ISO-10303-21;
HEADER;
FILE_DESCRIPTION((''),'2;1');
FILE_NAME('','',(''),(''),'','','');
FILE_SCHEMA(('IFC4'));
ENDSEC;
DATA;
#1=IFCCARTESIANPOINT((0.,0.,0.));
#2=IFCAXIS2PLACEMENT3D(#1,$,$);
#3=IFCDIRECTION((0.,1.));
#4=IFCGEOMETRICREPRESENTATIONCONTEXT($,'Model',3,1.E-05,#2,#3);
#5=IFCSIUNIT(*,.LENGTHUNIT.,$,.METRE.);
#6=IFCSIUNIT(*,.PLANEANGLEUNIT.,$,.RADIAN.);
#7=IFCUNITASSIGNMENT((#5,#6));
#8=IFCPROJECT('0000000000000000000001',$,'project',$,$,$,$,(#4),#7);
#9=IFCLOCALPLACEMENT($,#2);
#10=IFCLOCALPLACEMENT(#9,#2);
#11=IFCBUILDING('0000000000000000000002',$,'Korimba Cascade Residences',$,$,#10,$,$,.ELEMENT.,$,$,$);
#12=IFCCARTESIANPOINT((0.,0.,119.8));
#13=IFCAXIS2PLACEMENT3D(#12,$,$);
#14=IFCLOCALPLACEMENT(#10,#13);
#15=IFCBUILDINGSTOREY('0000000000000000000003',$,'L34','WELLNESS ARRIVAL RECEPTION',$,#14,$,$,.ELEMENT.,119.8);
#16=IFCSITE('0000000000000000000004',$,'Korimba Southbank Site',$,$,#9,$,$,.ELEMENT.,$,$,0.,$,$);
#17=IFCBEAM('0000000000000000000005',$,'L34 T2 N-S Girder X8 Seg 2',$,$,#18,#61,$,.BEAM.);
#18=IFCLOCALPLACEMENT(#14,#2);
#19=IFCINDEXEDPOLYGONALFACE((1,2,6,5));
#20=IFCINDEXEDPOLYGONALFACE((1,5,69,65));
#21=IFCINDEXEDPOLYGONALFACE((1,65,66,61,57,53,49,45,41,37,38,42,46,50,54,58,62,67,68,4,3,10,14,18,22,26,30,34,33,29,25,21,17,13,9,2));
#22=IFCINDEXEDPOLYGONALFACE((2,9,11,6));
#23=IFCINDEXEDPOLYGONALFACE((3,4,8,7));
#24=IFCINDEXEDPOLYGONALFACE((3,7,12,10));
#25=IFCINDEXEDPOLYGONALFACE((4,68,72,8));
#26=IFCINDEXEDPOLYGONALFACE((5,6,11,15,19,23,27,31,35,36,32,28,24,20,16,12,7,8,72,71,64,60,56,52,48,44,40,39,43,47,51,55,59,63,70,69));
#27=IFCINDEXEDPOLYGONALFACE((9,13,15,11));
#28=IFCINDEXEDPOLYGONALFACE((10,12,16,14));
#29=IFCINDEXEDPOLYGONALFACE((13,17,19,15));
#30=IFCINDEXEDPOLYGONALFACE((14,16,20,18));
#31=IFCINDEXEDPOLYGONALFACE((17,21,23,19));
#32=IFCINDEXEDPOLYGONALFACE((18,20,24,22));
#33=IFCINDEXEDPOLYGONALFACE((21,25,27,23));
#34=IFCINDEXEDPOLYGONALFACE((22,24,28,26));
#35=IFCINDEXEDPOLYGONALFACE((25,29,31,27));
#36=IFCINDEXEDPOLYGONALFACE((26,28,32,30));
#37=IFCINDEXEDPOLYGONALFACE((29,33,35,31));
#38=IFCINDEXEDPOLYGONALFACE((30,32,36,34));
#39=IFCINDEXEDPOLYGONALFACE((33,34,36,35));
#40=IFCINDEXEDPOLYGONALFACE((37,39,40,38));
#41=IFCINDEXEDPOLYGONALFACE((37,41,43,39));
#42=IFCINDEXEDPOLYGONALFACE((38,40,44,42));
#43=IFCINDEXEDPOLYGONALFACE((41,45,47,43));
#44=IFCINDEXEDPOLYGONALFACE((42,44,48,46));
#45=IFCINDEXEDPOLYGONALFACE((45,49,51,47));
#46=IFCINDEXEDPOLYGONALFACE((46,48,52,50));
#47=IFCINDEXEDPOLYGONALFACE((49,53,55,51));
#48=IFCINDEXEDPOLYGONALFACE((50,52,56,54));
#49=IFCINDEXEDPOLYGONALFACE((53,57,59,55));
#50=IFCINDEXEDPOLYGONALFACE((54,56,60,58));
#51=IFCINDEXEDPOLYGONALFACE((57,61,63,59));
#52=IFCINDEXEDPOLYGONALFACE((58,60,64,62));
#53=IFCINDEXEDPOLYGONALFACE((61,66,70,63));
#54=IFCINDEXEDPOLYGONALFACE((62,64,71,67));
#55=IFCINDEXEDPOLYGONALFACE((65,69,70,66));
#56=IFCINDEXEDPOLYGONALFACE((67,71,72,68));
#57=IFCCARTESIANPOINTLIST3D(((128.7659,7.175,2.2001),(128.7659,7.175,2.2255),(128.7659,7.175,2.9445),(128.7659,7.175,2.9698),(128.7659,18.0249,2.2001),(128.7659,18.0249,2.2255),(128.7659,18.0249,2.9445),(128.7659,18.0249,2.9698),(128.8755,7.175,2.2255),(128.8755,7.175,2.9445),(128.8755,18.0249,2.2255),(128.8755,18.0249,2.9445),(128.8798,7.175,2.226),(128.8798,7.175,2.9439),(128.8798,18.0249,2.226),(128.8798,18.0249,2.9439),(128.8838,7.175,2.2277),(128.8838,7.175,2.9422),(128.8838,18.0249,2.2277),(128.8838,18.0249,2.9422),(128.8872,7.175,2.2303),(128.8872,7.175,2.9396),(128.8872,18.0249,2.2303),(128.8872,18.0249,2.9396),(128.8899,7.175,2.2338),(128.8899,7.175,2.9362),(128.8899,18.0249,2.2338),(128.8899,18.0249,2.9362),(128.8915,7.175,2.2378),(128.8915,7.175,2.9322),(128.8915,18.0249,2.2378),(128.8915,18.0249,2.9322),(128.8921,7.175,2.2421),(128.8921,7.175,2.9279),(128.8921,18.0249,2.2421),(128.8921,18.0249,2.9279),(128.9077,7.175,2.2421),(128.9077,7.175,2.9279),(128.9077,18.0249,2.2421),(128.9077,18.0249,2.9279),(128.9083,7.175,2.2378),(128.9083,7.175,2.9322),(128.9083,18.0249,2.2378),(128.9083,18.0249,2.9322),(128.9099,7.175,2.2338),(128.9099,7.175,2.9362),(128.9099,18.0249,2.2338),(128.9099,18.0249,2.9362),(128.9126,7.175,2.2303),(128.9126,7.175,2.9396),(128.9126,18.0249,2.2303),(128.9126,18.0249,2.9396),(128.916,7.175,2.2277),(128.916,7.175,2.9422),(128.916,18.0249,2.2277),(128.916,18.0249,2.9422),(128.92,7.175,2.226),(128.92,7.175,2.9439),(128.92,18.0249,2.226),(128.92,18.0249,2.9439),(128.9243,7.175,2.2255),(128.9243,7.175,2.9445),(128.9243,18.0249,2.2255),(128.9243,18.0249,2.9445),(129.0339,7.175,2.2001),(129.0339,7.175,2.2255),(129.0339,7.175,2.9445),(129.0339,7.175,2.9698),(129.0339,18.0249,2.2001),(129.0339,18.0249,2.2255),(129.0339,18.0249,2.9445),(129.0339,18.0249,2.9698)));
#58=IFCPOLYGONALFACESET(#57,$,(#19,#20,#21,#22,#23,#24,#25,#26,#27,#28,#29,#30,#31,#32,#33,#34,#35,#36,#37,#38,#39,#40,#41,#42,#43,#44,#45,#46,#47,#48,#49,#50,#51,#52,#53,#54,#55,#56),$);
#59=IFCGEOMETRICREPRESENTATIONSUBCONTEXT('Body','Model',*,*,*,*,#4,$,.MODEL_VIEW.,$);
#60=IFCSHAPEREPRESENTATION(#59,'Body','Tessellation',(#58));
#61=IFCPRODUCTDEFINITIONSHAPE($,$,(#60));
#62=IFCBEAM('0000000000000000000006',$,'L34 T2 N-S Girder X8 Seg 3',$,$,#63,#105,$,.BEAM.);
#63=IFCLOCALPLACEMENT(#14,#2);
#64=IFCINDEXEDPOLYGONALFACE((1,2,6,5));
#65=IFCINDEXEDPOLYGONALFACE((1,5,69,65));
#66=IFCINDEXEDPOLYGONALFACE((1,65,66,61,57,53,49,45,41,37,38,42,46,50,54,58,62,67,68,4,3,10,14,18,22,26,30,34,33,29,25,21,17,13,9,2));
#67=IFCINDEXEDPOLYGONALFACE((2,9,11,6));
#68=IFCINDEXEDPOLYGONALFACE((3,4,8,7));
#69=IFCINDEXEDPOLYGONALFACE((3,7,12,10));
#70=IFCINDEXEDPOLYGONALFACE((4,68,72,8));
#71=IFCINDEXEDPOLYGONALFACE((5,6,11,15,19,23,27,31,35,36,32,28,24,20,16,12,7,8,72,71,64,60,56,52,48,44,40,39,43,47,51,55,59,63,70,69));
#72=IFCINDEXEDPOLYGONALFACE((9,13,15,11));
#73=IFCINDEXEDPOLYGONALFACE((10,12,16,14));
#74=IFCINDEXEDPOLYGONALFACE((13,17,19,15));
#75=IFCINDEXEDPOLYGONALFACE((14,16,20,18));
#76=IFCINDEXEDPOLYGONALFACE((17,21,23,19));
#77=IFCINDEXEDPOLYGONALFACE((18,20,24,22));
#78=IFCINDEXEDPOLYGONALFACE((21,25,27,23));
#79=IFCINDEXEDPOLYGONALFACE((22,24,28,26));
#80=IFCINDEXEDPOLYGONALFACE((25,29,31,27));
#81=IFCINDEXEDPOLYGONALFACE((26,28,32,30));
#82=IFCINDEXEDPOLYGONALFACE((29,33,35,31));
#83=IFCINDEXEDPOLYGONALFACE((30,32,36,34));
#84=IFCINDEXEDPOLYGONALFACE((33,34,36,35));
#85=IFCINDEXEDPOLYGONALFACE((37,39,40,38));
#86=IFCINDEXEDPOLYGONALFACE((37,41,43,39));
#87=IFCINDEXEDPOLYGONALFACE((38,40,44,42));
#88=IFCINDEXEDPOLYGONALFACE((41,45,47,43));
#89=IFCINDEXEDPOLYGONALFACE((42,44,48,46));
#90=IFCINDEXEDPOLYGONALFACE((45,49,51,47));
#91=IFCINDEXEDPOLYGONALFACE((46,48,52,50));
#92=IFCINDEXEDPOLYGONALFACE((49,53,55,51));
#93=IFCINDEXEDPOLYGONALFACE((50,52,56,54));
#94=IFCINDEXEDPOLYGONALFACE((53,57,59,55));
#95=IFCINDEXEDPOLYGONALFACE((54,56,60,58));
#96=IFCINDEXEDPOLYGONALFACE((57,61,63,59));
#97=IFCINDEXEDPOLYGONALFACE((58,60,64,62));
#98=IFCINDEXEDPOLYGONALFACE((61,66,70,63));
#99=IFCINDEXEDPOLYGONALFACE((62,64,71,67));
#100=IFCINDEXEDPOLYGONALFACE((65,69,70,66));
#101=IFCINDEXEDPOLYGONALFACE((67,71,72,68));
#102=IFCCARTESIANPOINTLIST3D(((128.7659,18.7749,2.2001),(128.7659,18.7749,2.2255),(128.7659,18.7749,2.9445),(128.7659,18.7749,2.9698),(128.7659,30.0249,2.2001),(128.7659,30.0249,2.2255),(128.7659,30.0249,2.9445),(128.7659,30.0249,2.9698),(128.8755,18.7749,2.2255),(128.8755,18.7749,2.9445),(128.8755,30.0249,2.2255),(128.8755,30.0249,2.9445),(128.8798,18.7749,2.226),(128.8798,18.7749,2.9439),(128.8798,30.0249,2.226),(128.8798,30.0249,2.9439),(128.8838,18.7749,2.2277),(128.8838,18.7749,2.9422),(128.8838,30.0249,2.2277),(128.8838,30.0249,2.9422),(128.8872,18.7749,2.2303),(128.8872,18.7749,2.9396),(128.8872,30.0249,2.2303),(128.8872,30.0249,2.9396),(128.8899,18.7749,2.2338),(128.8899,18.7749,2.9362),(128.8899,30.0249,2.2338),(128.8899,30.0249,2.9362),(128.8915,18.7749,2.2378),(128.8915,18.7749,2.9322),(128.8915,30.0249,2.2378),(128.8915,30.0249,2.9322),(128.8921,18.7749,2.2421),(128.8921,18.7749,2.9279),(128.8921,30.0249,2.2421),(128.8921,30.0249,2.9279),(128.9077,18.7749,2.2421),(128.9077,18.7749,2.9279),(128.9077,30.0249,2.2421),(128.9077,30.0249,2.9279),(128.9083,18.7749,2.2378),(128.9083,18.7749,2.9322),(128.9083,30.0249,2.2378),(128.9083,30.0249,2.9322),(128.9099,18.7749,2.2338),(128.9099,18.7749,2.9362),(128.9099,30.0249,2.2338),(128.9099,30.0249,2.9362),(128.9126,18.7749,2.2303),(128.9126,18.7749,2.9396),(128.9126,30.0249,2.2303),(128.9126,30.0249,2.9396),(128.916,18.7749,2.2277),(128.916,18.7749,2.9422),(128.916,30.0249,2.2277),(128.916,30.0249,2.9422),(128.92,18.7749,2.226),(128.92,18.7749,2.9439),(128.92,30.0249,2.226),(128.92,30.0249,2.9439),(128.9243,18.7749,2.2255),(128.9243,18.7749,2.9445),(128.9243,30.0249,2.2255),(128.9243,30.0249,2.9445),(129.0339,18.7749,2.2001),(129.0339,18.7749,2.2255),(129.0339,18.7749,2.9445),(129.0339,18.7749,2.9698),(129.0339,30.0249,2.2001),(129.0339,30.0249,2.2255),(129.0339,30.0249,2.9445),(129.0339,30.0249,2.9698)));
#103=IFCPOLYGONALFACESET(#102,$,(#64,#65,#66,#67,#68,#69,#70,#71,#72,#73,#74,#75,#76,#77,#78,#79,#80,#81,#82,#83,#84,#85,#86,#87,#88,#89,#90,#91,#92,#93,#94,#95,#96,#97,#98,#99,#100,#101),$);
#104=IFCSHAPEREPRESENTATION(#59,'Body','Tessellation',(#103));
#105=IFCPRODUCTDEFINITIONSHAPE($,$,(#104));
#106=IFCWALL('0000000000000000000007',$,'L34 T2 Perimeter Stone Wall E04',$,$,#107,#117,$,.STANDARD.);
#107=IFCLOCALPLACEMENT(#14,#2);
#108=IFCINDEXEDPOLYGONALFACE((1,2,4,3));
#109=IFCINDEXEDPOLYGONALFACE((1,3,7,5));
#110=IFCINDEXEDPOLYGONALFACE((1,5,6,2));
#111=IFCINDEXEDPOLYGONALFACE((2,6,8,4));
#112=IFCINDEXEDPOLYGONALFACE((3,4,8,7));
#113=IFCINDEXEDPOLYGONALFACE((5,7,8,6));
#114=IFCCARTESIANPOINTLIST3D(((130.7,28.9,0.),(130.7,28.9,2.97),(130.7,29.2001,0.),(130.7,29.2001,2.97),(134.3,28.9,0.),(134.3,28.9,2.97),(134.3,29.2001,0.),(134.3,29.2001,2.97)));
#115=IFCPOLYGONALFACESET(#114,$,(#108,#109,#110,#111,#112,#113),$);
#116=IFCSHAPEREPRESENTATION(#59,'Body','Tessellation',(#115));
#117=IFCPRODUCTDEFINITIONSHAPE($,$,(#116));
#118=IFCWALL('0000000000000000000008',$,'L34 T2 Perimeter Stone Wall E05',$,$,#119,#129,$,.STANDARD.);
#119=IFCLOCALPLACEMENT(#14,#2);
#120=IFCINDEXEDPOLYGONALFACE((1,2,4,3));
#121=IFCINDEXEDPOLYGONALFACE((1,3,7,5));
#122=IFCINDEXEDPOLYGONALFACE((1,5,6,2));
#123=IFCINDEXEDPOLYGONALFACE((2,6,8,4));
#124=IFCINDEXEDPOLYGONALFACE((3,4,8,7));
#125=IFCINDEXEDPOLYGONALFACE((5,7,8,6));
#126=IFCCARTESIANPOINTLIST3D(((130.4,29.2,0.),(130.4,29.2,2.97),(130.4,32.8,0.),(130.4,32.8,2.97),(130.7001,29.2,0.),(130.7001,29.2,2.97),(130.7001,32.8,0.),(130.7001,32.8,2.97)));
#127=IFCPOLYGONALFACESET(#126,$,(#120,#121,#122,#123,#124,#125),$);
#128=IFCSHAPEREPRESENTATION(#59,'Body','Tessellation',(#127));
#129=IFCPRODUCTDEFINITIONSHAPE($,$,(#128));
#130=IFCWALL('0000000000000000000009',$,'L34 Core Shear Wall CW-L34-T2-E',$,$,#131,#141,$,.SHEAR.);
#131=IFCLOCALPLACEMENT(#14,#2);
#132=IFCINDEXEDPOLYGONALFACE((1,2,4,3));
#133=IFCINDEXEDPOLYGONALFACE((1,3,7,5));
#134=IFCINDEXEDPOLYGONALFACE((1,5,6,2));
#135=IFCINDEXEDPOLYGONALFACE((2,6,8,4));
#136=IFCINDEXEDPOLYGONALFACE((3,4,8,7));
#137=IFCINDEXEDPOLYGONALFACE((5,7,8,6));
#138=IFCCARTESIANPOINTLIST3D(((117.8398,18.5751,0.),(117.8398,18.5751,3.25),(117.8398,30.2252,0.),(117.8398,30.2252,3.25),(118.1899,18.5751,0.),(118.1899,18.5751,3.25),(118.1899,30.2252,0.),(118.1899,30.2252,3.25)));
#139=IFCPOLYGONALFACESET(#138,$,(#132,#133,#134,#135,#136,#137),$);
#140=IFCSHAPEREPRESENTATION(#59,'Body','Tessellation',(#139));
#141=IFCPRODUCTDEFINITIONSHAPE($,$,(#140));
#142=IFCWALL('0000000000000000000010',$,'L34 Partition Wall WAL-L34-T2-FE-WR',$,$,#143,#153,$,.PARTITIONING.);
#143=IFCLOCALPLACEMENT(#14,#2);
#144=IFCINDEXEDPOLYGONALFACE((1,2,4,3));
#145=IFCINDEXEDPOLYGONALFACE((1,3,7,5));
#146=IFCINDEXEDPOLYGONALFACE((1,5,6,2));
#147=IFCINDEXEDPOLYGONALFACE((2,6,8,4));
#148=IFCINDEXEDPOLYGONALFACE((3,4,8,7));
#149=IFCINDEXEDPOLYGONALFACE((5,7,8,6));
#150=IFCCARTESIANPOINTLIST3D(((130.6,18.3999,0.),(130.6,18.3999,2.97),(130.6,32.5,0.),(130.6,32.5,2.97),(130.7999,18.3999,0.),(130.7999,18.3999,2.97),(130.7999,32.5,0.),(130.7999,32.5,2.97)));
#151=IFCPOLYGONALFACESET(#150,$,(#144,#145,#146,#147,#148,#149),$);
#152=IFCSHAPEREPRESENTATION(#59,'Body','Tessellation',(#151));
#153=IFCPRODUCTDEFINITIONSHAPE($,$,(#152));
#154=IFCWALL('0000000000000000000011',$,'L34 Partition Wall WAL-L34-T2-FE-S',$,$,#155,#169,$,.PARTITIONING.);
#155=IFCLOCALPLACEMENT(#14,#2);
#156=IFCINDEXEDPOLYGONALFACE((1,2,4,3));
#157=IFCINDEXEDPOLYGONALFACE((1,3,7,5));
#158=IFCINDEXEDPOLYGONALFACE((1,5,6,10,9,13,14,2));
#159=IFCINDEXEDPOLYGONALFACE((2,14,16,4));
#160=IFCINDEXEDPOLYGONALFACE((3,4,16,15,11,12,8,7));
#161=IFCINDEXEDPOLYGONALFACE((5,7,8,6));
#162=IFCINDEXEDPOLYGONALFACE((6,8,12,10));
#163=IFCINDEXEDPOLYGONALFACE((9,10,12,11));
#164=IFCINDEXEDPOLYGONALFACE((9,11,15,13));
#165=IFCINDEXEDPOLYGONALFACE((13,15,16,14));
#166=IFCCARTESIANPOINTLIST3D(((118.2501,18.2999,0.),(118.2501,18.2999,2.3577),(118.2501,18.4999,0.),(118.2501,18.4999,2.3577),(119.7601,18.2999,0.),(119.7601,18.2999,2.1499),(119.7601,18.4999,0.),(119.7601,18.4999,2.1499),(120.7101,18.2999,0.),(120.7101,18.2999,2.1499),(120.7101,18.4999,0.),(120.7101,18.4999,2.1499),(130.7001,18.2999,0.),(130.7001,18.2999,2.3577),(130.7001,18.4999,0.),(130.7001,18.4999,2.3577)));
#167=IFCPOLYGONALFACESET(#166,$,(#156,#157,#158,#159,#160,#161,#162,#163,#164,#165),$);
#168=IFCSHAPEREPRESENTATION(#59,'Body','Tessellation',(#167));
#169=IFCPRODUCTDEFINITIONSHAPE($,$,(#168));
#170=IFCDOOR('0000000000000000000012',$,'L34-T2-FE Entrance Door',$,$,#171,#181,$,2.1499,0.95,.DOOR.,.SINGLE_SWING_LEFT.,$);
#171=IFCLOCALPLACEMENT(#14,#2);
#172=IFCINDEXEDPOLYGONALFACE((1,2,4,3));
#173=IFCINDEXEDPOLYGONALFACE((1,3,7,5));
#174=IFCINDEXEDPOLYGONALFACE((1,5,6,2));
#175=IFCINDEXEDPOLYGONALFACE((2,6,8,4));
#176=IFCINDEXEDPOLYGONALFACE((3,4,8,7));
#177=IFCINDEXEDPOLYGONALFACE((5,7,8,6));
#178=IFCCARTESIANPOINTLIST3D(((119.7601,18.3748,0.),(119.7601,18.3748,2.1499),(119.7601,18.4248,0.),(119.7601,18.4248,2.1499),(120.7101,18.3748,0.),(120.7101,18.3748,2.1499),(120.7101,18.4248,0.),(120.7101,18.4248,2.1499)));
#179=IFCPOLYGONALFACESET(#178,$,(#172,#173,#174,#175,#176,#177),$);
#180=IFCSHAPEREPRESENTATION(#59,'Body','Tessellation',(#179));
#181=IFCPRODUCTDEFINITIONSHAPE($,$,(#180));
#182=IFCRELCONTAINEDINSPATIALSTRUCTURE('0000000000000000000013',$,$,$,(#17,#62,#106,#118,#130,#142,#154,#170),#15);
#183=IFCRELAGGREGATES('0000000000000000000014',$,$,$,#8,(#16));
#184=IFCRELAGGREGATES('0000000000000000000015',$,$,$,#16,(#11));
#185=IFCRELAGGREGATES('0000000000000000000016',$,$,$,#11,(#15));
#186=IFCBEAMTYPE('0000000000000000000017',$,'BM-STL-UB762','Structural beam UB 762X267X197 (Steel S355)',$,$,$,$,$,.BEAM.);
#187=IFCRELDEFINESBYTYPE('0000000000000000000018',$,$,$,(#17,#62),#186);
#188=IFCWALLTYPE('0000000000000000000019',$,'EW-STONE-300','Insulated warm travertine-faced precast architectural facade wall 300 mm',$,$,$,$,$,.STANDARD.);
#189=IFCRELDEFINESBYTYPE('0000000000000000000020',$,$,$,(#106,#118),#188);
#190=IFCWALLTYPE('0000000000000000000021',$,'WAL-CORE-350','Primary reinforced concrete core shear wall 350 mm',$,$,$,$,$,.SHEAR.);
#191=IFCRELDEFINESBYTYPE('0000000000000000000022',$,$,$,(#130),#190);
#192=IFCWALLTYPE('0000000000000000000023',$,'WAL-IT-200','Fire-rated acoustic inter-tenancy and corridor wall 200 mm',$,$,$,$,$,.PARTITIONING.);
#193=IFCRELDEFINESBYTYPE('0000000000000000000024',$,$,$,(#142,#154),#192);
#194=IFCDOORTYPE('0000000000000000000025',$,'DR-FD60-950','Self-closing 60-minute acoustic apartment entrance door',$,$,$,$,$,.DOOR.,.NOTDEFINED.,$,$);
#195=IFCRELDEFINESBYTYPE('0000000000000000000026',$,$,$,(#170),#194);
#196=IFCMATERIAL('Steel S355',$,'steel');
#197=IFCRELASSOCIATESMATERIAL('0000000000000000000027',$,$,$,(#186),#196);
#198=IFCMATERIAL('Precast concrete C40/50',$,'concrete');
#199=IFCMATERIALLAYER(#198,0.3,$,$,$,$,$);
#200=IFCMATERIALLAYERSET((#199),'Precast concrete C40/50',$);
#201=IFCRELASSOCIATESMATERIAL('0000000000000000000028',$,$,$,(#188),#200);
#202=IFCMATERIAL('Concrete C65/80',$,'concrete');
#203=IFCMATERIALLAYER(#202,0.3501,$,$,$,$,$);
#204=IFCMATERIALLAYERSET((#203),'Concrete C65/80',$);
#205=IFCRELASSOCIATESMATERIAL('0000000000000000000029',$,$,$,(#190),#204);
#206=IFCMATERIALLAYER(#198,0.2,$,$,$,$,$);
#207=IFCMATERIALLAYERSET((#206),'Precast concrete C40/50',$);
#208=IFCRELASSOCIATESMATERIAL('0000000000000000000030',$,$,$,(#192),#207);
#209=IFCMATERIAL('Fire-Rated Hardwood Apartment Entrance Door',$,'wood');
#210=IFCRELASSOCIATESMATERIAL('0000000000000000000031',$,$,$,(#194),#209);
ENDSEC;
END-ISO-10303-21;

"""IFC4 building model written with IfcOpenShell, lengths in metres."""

from ifc_helpers import new_model, si_unit, direction, frame, frame_2d, origin, origin_2d, place, context, subcontext, project, spatial, rectangle, i_section, extrude, material, layer, layer_set, material_profile, profile_set, type_object, element, fill, save


model = new_model("IFC4")

# Units and contexts
model_context = context("Model", 3, precision=1e-05, world=origin(), true_north=direction((0.0, 1.0)))
body_context = subcontext(model_context, "Body", "Model", "MODEL_VIEW")
ifc_project = project(units=[si_unit("LENGTHUNIT", "METRE"), si_unit("PLANEANGLEUNIT", "RADIAN")], contexts=[model_context])

# Site, building, storey
site_placement = place(None, origin())
site = spatial("IfcSite", under=ifc_project, at=site_placement, Name="Korimba Southbank Site", CompositionType="ELEMENT", RefElevation=0.0)
building_placement = place(site_placement, origin())
building = spatial("IfcBuilding", under=site, at=building_placement, Name="Korimba Cascade Residences", CompositionType="ELEMENT")
storey_placement = place(building_placement, frame((0.0, 0.0, 119.8)))
storey = spatial("IfcBuildingStorey", under=building, at=storey_placement, Name="L34", Description="WELLNESS ARRIVAL RECEPTION", CompositionType="ELEMENT", Elevation=119.8)

# Shared definitions
ifc_material_1 = material(Name="Concrete C65/80", Category="concrete")

# Beams
ifc_material_2 = material(Name="Steel S355", Category="steel")
ifc_material_profile_1 = material_profile(ifc_material_2, i_section(OverallWidth=0.2681, OverallDepth=0.7698, WebThickness=0.0156, FlangeThickness=0.0254, FilletRadius=0.0166, at=origin_2d()), Name="Steel S355")
ifc_profile_set_1 = profile_set([ifc_material_profile_1], Name="Steel S355")
beam_type_1 = type_object("IfcBeamType", Name="BM-STL-UB762", Description="Structural beam UB 762X267X197 (Steel S355)", PredefinedType="BEAM", material=ifc_profile_set_1)
beam_1_placement = place(storey_placement, frame((128.8999, 7.175, 2.585), z_axis=(0.0, 1.0, 0.0), x_axis=(-1.0, 0.0, 0.0)))
element("IfcBeam", 1, at=beam_1_placement, inside=storey, type_object=beam_type_1, Name="L34 T2 N-S Girder X8 Seg 2", PredefinedType="BEAM", context=body_context, shape_type="SweptSolid", body=[
    extrude(i_section(OverallWidth=0.2681, OverallDepth=0.7698, WebThickness=0.0156, FlangeThickness=0.0254, FilletRadius=0.0166, at=origin_2d()), origin(), (0.0, 0.0, 1.0), 10.8499),
])
beam_2_placement = place(storey_placement, frame((128.8999, 18.7749, 2.585), z_axis=(0.0, 1.0, 0.0), x_axis=(-1.0, 0.0, 0.0)))
element("IfcBeam", 2, at=beam_2_placement, inside=storey, type_object=beam_type_1, Name="L34 T2 N-S Girder X8 Seg 3", PredefinedType="BEAM", context=body_context, shape_type="SweptSolid", body=[
    extrude(i_section(OverallWidth=0.2681, OverallDepth=0.7698, WebThickness=0.0156, FlangeThickness=0.0254, FilletRadius=0.0166, at=origin_2d()), origin(), (0.0, 0.0, 1.0), 11.25),
])

# Walls
ifc_material_3 = material(Name="Precast concrete C40/50", Category="concrete")
ifc_layer_1 = layer(ifc_material_3, 0.3)
ifc_layer_set_1 = layer_set([ifc_layer_1], Name="Precast concrete C40/50")
wall_type_1 = type_object("IfcWallType", Name="EW-STONE-300", Description="Insulated warm travertine-faced precast architectural facade wall 300 mm", PredefinedType="STANDARD", material=ifc_layer_set_1)
for number, where, z_axis, x_axis, name in (
    (3, (134.3, 29.05, 0.0), (0.0, 0.0, 1.0), (-1.0, 0.0, 0.0), "L34 T2 Perimeter Stone Wall E04"),
    (4, (130.55, 29.2, 0.0), (0.0, 0.0, 1.0), (0.0, 1.0, 0.0), "L34 T2 Perimeter Stone Wall E05"),
):
    element("IfcWall", number, at=place(storey_placement, frame(where, z_axis=z_axis, x_axis=x_axis)), inside=storey, type_object=wall_type_1, Name=name, PredefinedType="STANDARD", context=body_context, shape_type="SweptSolid", body=[
        extrude(rectangle(XDim=3.6001, YDim=0.3, at=frame_2d((1.8, 0.0))), origin(), (0.0, 0.0, 1.0), 2.97),
    ])
ifc_layer_2 = layer(ifc_material_1, 0.3501)
ifc_layer_set_2 = layer_set([ifc_layer_2], Name="Concrete C65/80")
wall_type_2 = type_object("IfcWallType", Name="WAL-CORE-350", Description="Primary reinforced concrete core shear wall 350 mm", PredefinedType="SHEAR", material=ifc_layer_set_2)
wall_1_placement = place(storey_placement, frame((118.0149, 18.575, 0.0), z_axis=(0.0, 0.0, 1.0), x_axis=(0.0, 1.0, 0.0)))
element("IfcWall", 5, at=wall_1_placement, inside=storey, type_object=wall_type_2, Name="L34 Core Shear Wall CW-L34-T2-E", PredefinedType="SHEAR", context=body_context, shape_type="SweptSolid", body=[
    extrude(rectangle(XDim=11.6501, YDim=0.3501, at=frame_2d((5.8252, 0.0))), origin(), (0.0, 0.0, 1.0), 3.25),
])
ifc_layer_3 = layer(ifc_material_3, 0.2)
ifc_layer_set_3 = layer_set([ifc_layer_3], Name="Precast concrete C40/50")
wall_type_3 = type_object("IfcWallType", Name="WAL-IT-200", Description="Fire-rated acoustic inter-tenancy and corridor wall 200 mm", PredefinedType="PARTITIONING", material=ifc_layer_set_3)
wall_2_placement = place(storey_placement, frame((130.7, 18.3999, 0.0), z_axis=(0.0, 0.0, 1.0), x_axis=(0.0, 1.0, 0.0)))
element("IfcWall", 6, at=wall_2_placement, inside=storey, type_object=wall_type_3, Name="L34 Partition Wall WAL-L34-T2-FE-WR", PredefinedType="PARTITIONING", context=body_context, shape_type="SweptSolid", body=[
    extrude(rectangle(XDim=14.1001, YDim=0.2, at=frame_2d((7.05, 0.0))), origin(), (0.0, 0.0, 1.0), 2.97),
])

# Wall, opening, door
wall_3_placement = place(storey_placement, frame((118.25, 18.3999, 0.0), z_axis=(0.0, 0.0, 1.0), x_axis=(1.0, 0.0, 0.0)))
wall_3 = element("IfcWall", 7, at=wall_3_placement, inside=storey, type_object=wall_type_3, Name="L34 Partition Wall WAL-L34-T2-FE-S", PredefinedType="PARTITIONING", context=body_context, shape_type="SweptSolid", body=[
    extrude(rectangle(XDim=12.45, YDim=0.2, at=frame_2d((6.2251, 0.0))), origin(), (0.0, 0.0, 1.0), 2.3577),
])
opening_1_placement = place(wall_3_placement, frame((1.51, 0.0, 0.0)))
opening_1 = element("IfcOpeningElement", 8, at=opening_1_placement, cuts=wall_3, PredefinedType="OPENING", context=body_context, shape_type="SweptSolid", body=[
    extrude(rectangle(XDim=0.95, YDim=2.1499, at=frame_2d((0.4751, 1.075))), frame((0.0, 0.1099, 0.0), z_axis=(0.0, -1.0, 0.0), x_axis=(1.0, 0.0, 0.0)), (0.0, 0.0, 1.0), 0.22),
])
ifc_material_4 = material(Name="Fire-Rated Hardwood Apartment Entrance Door", Category="wood")
door_type_1 = type_object("IfcDoorType", Name="DR-FD60-950", Description="Self-closing 60-minute acoustic apartment entrance door", OperationType="NOTDEFINED", PredefinedType="DOOR", material=ifc_material_4)
door_1_placement = place(opening_1_placement, origin())
door_1 = element("IfcDoor", 9, at=door_1_placement, inside=storey, type_object=door_type_1, Name="L34-T2-FE Entrance Door", OperationType="SINGLE_SWING_LEFT", OverallHeight=2.1499, OverallWidth=0.95, PredefinedType="DOOR", context=body_context, shape_type="SweptSolid", body=[
    extrude(rectangle(XDim=0.95, YDim=2.1499, at=frame_2d((0.4751, 1.075))), frame((0.0, 0.0249, 0.0), z_axis=(0.0, -1.0, 0.0), x_axis=(1.0, 0.0, 0.0)), (0.0, 0.0, 1.0), 0.05),
])
fill(opening_1, door_1)

save(model, "model.ifc")
